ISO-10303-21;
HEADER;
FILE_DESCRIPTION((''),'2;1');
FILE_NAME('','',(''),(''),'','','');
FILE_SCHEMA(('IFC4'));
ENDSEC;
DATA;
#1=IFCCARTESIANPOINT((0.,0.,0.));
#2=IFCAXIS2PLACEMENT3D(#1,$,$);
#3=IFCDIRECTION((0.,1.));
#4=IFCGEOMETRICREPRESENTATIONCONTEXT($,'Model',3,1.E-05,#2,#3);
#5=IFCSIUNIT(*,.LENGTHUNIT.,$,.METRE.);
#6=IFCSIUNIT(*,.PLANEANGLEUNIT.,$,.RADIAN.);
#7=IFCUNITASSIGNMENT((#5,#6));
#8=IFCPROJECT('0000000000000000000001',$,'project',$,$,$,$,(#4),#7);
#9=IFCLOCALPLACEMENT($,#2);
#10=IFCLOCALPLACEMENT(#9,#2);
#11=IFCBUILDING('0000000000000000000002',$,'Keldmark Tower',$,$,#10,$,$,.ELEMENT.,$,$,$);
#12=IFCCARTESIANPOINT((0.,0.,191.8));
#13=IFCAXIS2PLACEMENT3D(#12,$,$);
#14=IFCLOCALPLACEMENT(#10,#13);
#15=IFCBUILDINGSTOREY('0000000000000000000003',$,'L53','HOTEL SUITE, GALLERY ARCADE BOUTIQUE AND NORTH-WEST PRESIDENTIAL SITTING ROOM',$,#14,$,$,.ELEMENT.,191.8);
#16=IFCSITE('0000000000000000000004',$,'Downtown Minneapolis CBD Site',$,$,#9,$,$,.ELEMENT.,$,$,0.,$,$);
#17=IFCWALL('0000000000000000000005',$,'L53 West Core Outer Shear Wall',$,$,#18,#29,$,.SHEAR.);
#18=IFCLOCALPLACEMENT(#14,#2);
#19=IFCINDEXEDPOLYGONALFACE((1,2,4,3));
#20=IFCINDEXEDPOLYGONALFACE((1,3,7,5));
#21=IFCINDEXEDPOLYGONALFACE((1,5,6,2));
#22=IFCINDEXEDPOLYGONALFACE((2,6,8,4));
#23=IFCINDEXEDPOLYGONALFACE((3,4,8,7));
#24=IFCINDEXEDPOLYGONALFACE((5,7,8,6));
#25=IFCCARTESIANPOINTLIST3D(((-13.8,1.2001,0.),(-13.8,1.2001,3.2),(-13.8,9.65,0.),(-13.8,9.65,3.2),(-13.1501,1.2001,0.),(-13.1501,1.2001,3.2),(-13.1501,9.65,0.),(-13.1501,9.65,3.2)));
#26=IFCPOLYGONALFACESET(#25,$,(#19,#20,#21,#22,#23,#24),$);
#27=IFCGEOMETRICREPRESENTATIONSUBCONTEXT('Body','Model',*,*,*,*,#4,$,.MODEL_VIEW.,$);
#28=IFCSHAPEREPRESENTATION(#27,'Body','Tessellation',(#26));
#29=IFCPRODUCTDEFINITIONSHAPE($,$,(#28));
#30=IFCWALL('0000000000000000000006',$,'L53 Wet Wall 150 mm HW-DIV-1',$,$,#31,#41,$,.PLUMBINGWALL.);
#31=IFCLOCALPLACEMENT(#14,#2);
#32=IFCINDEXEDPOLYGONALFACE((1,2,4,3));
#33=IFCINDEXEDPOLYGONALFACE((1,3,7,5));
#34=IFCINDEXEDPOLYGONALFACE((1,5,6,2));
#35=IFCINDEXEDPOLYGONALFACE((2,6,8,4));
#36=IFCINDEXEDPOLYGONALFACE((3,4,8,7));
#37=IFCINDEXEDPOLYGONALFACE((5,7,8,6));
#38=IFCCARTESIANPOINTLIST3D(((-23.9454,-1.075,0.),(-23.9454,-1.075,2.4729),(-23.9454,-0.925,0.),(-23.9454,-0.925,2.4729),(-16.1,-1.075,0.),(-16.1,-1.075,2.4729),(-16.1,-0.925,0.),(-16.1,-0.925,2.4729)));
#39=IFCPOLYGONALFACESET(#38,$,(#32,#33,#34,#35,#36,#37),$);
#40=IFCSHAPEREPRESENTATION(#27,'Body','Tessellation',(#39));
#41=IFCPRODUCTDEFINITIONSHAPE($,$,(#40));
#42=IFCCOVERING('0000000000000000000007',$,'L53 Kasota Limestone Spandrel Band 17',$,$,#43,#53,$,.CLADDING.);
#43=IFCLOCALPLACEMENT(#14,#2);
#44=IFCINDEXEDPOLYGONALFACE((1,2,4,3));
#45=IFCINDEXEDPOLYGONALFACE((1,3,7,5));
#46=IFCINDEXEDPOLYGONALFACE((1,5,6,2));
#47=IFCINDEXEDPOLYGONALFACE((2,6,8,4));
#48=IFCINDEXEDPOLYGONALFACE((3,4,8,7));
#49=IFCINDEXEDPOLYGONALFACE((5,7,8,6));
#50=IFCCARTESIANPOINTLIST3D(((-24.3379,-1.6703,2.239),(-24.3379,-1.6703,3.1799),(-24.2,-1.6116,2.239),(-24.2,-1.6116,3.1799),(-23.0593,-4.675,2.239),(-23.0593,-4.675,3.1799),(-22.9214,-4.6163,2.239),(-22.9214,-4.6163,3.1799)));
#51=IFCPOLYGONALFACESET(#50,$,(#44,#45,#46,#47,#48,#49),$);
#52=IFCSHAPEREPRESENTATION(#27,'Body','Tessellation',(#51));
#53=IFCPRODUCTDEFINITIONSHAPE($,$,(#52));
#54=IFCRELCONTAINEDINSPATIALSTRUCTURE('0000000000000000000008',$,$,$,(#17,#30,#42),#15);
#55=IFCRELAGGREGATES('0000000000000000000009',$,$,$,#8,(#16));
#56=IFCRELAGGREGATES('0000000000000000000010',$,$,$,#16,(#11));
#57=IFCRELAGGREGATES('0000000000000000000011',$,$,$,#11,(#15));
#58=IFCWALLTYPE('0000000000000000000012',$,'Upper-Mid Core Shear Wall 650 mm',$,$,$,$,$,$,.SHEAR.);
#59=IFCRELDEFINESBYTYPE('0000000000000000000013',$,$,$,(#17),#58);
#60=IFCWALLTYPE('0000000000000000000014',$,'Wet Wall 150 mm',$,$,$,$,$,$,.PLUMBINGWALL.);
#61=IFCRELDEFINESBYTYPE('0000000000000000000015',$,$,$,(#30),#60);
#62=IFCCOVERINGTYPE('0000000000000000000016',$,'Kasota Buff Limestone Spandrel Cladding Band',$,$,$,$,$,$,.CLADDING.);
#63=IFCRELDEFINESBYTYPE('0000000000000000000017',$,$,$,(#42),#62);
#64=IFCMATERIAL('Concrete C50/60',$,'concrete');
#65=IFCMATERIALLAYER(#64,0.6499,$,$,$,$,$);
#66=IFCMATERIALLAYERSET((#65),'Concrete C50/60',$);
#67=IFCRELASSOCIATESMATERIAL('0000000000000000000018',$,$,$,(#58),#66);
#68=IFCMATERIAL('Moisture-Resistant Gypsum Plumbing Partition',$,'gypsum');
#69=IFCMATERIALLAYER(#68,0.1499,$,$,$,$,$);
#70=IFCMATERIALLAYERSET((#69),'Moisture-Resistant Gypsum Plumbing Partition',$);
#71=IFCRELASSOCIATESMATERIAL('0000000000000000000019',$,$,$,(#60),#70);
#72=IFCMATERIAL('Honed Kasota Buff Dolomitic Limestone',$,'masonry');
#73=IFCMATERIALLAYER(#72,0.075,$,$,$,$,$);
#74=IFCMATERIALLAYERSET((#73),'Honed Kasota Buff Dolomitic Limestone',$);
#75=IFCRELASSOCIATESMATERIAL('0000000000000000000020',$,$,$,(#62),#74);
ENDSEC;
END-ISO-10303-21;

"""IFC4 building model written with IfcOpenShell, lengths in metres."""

from ifc_helpers import new_model, si_unit, direction, frame, frame_2d, origin, origin_2d, place, context, subcontext, project, spatial, rectangle, extrude, material, layer, layer_set, type_object, element, save


model = new_model("IFC4")

# Units and contexts
model_context = context("Model", 3, precision=1e-05, world=origin(), true_north=direction((0.0, 1.0)))
body_context = subcontext(model_context, "Body", "Model", "MODEL_VIEW")
ifc_project = project(units=[si_unit("LENGTHUNIT", "METRE"), si_unit("PLANEANGLEUNIT", "RADIAN")], contexts=[model_context])

# Site, building, storey
site_placement = place(None, origin())
site = spatial("IfcSite", under=ifc_project, at=site_placement, Name="Downtown Minneapolis CBD Site", CompositionType="ELEMENT", RefElevation=0.0)
building_placement = place(site_placement, origin())
building = spatial("IfcBuilding", under=site, at=building_placement, Name="Keldmark Tower", CompositionType="ELEMENT")
storey_placement = place(building_placement, frame((0.0, 0.0, 191.8)))
storey = spatial("IfcBuildingStorey", under=building, at=storey_placement, Name="L53", Description="HOTEL SUITE, GALLERY ARCADE BOUTIQUE AND NORTH-WEST PRESIDENTIAL SITTING ROOM", CompositionType="ELEMENT", Elevation=191.8)

# Walls
ifc_material_1 = material(Name="Concrete C50/60", Category="concrete")
ifc_layer_1 = layer(ifc_material_1, 0.6499)
ifc_layer_set_1 = layer_set([ifc_layer_1], Name="Concrete C50/60")
wall_type_1 = type_object("IfcWallType", Name="Upper-Mid Core Shear Wall 650 mm", PredefinedType="SHEAR", material=ifc_layer_set_1)
wall_1_placement = place(storey_placement, frame((-13.4751, 1.2, 0.0), z_axis=(0.0, 0.0, 1.0), x_axis=(0.0, 1.0, 0.0)))
element("IfcWall", 1, at=wall_1_placement, inside=storey, type_object=wall_type_1, Name="L53 West Core Outer Shear Wall", PredefinedType="SHEAR", context=body_context, shape_type="SweptSolid", body=[
    extrude(rectangle(XDim=8.45, YDim=0.6499, at=frame_2d((4.2251, 0.0))), origin(), (0.0, 0.0, 1.0), 3.2),
])
ifc_material_2 = material(Name="Moisture-Resistant Gypsum Plumbing Partition", Category="gypsum")
ifc_layer_2 = layer(ifc_material_2, 0.1499)
ifc_layer_set_2 = layer_set([ifc_layer_2], Name="Moisture-Resistant Gypsum Plumbing Partition")
wall_type_2 = type_object("IfcWallType", Name="Wet Wall 150 mm", PredefinedType="PLUMBINGWALL", material=ifc_layer_set_2)
wall_2_placement = place(storey_placement, frame((-23.9456, -1.0, 0.0), z_axis=(0.0, 0.0, 1.0), x_axis=(1.0, 0.0, 0.0)))
element("IfcWall", 2, at=wall_2_placement, inside=storey, type_object=wall_type_2, Name="L53 Wet Wall 150 mm HW-DIV-1", PredefinedType="PLUMBINGWALL", context=body_context, shape_type="SweptSolid", body=[
    extrude(rectangle(XDim=7.8455, YDim=0.1499, at=frame_2d((3.9229, 0.0))), origin(), (0.0, 0.0, 1.0), 2.4729),
])

# Covering
ifc_material_3 = material(Name="Honed Kasota Buff Dolomitic Limestone", Category="masonry")
ifc_layer_3 = layer(ifc_material_3, 0.075)
ifc_layer_set_3 = layer_set([ifc_layer_3], Name="Honed Kasota Buff Dolomitic Limestone")
covering_type = type_object("IfcCoveringType", Name="Kasota Buff Limestone Spandrel Cladding Band", PredefinedType="CLADDING", material=ifc_layer_set_3)
covering_placement = place(storey_placement, frame((-23.6296, -3.1433, 2.239), z_axis=(0.0, 0.0, 1.0), x_axis=(0.39155, -0.920157, 0.0)))
element("IfcCovering", 3, at=covering_placement, inside=storey, type_object=covering_type, Name="L53 Kasota Limestone Spandrel Band 17", PredefinedType="CLADDING", context=body_context, shape_type="SweptSolid", body=[
    extrude(rectangle(XDim=3.2654, YDim=0.1499, at=origin_2d()), origin(), (0.0, 0.0, 1.0), 0.9409),
])

save(model, "model.ifc")
